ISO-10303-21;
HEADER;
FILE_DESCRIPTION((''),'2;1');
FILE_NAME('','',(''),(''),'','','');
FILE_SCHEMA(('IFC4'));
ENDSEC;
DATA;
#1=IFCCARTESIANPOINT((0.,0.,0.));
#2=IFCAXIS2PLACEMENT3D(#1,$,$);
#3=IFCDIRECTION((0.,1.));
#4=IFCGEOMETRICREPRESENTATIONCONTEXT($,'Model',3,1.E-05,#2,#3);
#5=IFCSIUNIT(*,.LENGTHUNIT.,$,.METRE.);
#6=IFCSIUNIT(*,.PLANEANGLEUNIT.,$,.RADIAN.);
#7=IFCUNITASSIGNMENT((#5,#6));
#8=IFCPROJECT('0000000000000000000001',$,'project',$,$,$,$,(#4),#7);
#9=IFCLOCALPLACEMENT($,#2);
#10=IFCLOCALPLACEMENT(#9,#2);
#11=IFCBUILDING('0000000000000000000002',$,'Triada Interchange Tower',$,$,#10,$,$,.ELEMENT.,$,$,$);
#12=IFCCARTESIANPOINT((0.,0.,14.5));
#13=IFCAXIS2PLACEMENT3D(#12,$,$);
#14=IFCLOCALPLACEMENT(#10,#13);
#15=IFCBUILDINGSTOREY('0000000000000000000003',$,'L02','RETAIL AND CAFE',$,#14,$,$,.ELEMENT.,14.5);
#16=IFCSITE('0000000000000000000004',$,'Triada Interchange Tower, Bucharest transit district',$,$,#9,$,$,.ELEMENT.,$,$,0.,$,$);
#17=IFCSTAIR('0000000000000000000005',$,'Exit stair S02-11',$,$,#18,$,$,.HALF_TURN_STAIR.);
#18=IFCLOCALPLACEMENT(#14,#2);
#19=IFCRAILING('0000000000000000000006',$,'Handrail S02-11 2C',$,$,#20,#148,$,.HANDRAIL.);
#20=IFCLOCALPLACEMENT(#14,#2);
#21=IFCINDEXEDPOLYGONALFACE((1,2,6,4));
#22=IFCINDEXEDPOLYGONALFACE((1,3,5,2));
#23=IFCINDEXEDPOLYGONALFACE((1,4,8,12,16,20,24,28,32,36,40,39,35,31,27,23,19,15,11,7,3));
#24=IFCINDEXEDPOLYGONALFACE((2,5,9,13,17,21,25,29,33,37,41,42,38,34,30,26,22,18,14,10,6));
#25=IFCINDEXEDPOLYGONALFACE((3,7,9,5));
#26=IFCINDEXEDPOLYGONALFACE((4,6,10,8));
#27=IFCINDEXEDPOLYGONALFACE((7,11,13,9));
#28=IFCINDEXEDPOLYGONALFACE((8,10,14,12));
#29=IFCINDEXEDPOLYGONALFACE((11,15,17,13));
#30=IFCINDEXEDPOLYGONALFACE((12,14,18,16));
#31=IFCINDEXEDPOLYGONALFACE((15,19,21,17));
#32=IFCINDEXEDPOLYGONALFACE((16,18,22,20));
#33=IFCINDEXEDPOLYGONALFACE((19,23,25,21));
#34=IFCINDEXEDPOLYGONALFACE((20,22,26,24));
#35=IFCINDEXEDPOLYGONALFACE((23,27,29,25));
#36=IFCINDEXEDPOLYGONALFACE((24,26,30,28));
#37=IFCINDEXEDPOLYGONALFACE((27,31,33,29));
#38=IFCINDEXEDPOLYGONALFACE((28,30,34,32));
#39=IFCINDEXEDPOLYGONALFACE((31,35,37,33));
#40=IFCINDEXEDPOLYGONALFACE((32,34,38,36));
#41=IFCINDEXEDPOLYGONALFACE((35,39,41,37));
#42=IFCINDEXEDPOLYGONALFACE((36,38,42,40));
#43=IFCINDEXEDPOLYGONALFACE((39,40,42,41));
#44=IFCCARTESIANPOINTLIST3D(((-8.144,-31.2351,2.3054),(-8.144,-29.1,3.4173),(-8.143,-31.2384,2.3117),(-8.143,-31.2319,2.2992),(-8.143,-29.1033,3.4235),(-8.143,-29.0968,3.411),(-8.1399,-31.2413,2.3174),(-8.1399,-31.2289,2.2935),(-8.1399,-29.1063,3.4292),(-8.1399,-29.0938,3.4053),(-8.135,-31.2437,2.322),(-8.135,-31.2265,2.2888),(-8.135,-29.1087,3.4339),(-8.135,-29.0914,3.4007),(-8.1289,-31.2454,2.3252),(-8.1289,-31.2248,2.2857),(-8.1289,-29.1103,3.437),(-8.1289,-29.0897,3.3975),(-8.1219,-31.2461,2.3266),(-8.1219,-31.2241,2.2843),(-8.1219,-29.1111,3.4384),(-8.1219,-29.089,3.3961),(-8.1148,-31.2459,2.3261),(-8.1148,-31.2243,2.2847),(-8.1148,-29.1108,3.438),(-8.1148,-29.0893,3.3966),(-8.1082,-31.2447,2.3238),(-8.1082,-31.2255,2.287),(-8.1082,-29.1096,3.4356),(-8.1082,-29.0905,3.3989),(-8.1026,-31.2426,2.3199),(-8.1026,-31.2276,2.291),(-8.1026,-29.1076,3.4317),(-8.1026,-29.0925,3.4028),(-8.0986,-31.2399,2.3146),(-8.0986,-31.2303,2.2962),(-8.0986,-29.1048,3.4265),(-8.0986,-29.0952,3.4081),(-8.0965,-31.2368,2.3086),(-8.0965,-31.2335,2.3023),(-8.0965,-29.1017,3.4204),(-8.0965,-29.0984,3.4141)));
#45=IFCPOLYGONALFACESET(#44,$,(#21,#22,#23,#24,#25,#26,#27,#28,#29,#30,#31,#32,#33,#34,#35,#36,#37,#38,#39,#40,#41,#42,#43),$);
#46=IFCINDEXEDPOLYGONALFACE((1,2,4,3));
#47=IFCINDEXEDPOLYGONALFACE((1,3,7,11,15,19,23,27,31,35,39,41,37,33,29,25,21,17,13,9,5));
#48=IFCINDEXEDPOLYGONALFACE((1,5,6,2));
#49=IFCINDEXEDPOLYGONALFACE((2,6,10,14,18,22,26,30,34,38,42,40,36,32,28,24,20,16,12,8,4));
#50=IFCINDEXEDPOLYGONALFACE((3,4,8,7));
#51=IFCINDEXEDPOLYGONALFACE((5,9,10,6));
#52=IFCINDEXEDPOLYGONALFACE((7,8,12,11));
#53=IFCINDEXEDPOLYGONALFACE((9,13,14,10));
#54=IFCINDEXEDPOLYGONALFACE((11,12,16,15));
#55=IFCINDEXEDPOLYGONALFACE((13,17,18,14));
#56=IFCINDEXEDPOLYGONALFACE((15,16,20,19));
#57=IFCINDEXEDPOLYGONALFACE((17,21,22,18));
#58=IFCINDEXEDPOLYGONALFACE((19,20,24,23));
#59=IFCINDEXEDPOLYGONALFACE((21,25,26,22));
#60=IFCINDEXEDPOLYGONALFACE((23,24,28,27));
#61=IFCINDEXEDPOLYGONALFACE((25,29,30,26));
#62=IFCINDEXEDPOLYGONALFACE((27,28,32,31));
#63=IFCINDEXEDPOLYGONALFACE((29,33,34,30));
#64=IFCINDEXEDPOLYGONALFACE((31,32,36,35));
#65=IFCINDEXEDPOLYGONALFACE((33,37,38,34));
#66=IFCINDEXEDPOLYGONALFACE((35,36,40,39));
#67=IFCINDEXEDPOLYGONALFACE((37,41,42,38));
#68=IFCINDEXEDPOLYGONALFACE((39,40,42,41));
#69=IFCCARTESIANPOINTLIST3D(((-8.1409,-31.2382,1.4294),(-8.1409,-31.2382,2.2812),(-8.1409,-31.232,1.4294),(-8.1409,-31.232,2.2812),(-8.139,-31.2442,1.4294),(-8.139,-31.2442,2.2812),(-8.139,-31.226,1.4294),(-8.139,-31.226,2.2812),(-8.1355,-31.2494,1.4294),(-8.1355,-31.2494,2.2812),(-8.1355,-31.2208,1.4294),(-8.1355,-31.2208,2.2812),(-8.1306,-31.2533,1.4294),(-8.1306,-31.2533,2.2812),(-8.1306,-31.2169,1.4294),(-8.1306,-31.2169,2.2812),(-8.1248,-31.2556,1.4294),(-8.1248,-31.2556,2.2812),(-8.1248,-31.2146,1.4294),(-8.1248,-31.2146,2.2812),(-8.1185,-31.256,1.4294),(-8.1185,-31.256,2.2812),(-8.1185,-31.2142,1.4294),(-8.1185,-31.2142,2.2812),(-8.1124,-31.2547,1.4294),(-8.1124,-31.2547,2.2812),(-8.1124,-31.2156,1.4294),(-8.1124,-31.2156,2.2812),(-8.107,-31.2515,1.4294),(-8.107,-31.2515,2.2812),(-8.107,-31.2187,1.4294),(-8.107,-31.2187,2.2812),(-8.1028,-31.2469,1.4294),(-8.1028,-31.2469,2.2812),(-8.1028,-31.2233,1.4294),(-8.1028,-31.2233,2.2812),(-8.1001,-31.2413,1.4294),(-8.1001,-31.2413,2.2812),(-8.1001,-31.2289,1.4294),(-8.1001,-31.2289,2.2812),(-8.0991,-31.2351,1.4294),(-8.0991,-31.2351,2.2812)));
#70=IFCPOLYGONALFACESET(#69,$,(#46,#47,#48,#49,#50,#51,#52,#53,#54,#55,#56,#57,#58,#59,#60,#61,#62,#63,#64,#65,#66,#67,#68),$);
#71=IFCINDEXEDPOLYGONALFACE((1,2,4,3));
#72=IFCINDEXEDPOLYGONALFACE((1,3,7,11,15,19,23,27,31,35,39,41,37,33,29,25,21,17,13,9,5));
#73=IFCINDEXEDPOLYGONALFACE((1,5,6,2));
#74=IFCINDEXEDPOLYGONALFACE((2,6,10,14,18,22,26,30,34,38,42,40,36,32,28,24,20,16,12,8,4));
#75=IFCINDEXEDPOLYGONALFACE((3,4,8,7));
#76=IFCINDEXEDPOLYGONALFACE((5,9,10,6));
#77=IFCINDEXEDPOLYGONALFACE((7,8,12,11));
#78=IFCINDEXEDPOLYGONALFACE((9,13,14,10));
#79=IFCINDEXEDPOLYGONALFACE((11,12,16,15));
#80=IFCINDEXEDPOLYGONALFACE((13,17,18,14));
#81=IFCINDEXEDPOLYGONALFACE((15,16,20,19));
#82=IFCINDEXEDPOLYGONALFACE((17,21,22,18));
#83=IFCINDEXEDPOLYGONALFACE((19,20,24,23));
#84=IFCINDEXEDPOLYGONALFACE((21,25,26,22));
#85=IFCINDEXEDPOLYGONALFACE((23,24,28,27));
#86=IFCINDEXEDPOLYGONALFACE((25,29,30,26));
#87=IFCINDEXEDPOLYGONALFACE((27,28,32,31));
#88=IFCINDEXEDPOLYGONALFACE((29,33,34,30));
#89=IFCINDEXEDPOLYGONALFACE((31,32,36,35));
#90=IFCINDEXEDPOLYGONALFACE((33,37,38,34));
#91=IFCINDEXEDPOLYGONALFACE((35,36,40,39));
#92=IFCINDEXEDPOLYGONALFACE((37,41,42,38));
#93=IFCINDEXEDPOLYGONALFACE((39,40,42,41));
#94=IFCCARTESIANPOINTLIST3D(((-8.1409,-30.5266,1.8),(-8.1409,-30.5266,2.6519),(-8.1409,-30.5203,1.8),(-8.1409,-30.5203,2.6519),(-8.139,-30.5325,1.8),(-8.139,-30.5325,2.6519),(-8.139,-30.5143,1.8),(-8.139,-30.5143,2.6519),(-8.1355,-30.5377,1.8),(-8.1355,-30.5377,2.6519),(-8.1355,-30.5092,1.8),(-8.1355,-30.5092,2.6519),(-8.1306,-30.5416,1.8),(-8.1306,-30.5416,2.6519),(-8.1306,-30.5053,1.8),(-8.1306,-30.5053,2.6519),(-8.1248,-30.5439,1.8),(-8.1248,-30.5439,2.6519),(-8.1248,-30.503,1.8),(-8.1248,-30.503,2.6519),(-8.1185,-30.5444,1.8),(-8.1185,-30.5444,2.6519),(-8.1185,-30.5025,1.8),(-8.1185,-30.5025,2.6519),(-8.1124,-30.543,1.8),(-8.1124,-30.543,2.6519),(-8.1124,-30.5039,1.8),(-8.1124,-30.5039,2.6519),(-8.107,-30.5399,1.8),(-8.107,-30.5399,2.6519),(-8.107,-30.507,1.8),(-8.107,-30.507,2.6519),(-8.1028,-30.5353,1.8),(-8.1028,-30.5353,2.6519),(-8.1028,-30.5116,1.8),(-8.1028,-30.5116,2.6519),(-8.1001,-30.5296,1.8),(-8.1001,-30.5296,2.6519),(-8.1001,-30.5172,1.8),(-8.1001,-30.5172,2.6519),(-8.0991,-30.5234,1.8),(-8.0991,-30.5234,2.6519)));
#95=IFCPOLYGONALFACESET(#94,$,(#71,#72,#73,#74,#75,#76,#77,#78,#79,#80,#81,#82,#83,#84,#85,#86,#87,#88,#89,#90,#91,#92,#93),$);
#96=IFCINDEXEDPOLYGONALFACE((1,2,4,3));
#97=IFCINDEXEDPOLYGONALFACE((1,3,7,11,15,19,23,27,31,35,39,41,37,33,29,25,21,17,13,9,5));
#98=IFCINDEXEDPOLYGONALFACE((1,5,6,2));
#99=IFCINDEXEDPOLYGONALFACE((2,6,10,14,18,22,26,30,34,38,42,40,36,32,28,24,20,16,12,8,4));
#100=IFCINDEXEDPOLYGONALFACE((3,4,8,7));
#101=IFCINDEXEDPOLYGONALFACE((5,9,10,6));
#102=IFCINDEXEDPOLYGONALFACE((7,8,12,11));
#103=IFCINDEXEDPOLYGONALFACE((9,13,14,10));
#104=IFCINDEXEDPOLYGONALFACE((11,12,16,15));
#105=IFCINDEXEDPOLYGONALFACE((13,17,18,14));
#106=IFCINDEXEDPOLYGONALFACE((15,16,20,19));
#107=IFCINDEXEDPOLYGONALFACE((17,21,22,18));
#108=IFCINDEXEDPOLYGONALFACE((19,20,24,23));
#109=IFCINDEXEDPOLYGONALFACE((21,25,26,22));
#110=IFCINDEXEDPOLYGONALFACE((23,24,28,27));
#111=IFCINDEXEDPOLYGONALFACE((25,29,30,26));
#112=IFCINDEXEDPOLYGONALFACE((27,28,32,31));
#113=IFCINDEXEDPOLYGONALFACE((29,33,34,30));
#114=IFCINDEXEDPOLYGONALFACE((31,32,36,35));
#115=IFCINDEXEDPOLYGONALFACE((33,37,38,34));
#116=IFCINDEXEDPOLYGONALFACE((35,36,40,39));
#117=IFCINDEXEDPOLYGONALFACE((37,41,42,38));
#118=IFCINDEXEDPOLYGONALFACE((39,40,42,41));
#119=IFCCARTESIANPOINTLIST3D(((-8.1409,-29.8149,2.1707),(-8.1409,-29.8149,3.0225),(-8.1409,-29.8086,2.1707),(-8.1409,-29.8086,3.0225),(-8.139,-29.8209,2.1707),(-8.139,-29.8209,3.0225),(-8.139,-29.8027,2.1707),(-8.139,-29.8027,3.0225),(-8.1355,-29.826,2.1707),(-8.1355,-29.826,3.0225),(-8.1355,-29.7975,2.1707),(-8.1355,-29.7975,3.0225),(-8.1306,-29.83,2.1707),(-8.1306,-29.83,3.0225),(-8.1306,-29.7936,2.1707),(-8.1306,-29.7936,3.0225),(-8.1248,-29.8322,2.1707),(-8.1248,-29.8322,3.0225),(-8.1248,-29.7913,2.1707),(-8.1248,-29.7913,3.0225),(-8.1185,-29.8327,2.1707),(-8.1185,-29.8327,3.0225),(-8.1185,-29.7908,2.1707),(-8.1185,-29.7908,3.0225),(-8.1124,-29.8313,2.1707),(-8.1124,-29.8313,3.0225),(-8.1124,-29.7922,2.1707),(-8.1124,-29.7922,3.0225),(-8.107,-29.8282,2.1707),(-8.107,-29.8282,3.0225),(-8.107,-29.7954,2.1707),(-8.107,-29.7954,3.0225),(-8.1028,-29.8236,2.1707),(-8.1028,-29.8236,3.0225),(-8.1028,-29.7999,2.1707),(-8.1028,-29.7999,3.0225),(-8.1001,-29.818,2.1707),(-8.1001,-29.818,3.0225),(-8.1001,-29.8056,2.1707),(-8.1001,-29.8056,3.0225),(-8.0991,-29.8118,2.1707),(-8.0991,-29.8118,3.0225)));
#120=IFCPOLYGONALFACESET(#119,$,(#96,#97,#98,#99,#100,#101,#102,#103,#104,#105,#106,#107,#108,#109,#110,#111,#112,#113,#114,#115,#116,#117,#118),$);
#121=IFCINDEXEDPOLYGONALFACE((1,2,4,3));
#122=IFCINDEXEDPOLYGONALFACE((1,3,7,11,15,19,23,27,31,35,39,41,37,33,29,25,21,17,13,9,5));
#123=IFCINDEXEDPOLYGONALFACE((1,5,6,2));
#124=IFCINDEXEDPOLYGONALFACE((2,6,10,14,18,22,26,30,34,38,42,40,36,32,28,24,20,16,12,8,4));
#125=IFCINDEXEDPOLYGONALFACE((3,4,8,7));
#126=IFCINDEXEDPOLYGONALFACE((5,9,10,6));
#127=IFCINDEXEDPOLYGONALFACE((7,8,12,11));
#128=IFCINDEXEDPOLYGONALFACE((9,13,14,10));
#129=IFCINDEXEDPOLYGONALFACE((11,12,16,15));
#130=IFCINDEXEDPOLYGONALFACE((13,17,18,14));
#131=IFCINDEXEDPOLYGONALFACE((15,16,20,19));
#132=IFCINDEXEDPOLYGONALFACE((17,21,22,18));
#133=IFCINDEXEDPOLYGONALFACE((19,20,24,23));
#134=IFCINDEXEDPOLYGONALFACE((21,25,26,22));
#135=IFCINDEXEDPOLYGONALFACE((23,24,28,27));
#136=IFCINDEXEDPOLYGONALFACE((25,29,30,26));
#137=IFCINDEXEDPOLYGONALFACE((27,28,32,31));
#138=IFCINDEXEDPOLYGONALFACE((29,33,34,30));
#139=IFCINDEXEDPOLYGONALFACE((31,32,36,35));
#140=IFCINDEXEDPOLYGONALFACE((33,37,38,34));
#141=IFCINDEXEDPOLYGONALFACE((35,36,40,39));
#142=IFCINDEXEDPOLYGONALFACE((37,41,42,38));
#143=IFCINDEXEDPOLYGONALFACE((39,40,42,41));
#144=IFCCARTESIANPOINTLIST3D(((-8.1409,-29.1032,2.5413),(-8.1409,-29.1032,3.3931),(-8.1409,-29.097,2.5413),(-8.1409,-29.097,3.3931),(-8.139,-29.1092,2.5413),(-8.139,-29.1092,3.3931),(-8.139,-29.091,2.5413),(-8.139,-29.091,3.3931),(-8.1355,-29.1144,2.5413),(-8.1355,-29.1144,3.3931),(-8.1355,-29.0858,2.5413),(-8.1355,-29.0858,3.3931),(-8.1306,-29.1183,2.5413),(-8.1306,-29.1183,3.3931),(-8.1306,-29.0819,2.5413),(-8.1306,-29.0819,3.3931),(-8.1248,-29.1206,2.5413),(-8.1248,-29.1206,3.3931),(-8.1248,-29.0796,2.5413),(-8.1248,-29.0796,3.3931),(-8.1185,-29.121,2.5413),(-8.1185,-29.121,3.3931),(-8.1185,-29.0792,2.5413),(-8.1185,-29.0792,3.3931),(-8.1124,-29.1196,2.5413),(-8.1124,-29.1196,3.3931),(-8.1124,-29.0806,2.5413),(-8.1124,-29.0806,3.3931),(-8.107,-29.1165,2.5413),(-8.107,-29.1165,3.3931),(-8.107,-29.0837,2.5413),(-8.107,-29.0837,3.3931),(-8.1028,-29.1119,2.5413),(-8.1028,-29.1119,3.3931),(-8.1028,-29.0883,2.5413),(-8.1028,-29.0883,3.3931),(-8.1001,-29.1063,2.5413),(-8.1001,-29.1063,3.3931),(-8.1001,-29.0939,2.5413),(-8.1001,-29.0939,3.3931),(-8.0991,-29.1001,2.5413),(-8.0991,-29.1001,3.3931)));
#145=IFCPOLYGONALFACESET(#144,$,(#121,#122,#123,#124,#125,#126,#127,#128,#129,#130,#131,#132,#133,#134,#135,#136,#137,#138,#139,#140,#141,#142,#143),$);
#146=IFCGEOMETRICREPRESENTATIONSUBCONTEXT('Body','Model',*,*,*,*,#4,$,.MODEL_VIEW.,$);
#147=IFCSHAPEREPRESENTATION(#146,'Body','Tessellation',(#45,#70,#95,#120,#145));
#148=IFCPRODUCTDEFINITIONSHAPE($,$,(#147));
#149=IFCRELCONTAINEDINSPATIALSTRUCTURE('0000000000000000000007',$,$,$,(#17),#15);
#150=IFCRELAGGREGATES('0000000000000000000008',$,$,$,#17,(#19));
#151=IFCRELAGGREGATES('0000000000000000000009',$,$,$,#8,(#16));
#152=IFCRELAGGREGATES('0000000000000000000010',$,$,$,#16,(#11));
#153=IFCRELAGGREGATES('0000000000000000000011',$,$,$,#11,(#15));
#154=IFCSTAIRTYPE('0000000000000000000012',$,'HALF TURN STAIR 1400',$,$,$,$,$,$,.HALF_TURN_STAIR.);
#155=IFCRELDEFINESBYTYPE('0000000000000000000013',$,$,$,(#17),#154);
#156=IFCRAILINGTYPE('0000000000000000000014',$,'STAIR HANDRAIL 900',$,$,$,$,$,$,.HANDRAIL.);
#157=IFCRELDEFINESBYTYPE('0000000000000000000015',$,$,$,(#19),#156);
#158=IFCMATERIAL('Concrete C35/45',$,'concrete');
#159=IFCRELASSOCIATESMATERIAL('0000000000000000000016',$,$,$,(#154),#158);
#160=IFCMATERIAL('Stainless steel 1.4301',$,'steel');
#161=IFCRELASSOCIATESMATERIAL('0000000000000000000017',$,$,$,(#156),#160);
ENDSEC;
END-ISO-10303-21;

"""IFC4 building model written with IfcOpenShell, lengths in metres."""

from ifc_helpers import new_model, si_unit, direction, frame, origin, origin_2d, place, context, subcontext, project, spatial, circle, extrude, material, type_object, element, aggregate, save


model = new_model("IFC4")

# Units and contexts
model_context = context("Model", 3, precision=1e-05, world=origin(), true_north=direction((0.0, 1.0)))
body_context = subcontext(model_context, "Body", "Model", "MODEL_VIEW")
ifc_project = project(units=[si_unit("LENGTHUNIT", "METRE"), si_unit("PLANEANGLEUNIT", "RADIAN")], contexts=[model_context])

# Site, building, storey
site_placement = place(None, origin())
site = spatial("IfcSite", under=ifc_project, at=site_placement, Name="Triada Interchange Tower, Bucharest transit district", CompositionType="ELEMENT", RefElevation=0.0)
building_placement = place(site_placement, origin())
building = spatial("IfcBuilding", under=site, at=building_placement, Name="Triada Interchange Tower", CompositionType="ELEMENT")
storey_placement = place(building_placement, frame((0.0, 0.0, 14.5)))
storey = spatial("IfcBuildingStorey", under=building, at=storey_placement, Name="L02", Description="RETAIL AND CAFE", CompositionType="ELEMENT", Elevation=14.5)

# Shared definitions
ifc_material_1 = material(Name="Concrete C35/45", Category="concrete")

# Stair
stair_type = type_object("IfcStairType", Name="HALF TURN STAIR 1400", PredefinedType="HALF_TURN_STAIR", material=ifc_material_1)
stair_placement = place(storey_placement, origin())
stair = element("IfcStair", 1, at=stair_placement, inside=storey, type_object=stair_type, Name="Exit stair S02-11", PredefinedType="HALF_TURN_STAIR")

# Railing
ifc_material_2 = material(Name="Stainless steel 1.4301", Category="steel")
railing_type_1 = type_object("IfcRailingType", Name="STAIR HANDRAIL 900", PredefinedType="HANDRAIL", material=ifc_material_2)
railing_1_placement = place(storey_placement, frame((-8.1201, -31.2351, 1.4294)))
railing_1 = element("IfcRailing", 2, at=railing_1_placement, type_object=railing_type_1, Name="Handrail S02-11 2C", PredefinedType="HANDRAIL", context=body_context, shape_type="SweptSolid", body=[
    extrude(circle(Radius=0.0239, at=origin_2d()), frame((0.0, 0.0, 0.876), z_axis=(0.0, 0.886943, 0.46188), x_axis=(-1.0, 0.0, 0.0)), (0.0, 0.0, 1.0), 2.4072),
    extrude(circle(Radius=0.021, at=origin_2d()), origin(), (0.0, 0.0, 1.0), 0.8518),
    extrude(circle(Radius=0.021, at=origin_2d()), frame((0.0, 0.7117, 0.3706)), (0.0, 0.0, 1.0), 0.8518),
    extrude(circle(Radius=0.021, at=origin_2d()), frame((0.0, 1.4233, 0.7412)), (0.0, 0.0, 1.0), 0.8518),
    extrude(circle(Radius=0.021, at=origin_2d()), frame((0.0, 2.135, 1.1118)), (0.0, 0.0, 1.0), 0.8518),
])
aggregate(stair, [railing_1])

save(model, "model.ifc")
